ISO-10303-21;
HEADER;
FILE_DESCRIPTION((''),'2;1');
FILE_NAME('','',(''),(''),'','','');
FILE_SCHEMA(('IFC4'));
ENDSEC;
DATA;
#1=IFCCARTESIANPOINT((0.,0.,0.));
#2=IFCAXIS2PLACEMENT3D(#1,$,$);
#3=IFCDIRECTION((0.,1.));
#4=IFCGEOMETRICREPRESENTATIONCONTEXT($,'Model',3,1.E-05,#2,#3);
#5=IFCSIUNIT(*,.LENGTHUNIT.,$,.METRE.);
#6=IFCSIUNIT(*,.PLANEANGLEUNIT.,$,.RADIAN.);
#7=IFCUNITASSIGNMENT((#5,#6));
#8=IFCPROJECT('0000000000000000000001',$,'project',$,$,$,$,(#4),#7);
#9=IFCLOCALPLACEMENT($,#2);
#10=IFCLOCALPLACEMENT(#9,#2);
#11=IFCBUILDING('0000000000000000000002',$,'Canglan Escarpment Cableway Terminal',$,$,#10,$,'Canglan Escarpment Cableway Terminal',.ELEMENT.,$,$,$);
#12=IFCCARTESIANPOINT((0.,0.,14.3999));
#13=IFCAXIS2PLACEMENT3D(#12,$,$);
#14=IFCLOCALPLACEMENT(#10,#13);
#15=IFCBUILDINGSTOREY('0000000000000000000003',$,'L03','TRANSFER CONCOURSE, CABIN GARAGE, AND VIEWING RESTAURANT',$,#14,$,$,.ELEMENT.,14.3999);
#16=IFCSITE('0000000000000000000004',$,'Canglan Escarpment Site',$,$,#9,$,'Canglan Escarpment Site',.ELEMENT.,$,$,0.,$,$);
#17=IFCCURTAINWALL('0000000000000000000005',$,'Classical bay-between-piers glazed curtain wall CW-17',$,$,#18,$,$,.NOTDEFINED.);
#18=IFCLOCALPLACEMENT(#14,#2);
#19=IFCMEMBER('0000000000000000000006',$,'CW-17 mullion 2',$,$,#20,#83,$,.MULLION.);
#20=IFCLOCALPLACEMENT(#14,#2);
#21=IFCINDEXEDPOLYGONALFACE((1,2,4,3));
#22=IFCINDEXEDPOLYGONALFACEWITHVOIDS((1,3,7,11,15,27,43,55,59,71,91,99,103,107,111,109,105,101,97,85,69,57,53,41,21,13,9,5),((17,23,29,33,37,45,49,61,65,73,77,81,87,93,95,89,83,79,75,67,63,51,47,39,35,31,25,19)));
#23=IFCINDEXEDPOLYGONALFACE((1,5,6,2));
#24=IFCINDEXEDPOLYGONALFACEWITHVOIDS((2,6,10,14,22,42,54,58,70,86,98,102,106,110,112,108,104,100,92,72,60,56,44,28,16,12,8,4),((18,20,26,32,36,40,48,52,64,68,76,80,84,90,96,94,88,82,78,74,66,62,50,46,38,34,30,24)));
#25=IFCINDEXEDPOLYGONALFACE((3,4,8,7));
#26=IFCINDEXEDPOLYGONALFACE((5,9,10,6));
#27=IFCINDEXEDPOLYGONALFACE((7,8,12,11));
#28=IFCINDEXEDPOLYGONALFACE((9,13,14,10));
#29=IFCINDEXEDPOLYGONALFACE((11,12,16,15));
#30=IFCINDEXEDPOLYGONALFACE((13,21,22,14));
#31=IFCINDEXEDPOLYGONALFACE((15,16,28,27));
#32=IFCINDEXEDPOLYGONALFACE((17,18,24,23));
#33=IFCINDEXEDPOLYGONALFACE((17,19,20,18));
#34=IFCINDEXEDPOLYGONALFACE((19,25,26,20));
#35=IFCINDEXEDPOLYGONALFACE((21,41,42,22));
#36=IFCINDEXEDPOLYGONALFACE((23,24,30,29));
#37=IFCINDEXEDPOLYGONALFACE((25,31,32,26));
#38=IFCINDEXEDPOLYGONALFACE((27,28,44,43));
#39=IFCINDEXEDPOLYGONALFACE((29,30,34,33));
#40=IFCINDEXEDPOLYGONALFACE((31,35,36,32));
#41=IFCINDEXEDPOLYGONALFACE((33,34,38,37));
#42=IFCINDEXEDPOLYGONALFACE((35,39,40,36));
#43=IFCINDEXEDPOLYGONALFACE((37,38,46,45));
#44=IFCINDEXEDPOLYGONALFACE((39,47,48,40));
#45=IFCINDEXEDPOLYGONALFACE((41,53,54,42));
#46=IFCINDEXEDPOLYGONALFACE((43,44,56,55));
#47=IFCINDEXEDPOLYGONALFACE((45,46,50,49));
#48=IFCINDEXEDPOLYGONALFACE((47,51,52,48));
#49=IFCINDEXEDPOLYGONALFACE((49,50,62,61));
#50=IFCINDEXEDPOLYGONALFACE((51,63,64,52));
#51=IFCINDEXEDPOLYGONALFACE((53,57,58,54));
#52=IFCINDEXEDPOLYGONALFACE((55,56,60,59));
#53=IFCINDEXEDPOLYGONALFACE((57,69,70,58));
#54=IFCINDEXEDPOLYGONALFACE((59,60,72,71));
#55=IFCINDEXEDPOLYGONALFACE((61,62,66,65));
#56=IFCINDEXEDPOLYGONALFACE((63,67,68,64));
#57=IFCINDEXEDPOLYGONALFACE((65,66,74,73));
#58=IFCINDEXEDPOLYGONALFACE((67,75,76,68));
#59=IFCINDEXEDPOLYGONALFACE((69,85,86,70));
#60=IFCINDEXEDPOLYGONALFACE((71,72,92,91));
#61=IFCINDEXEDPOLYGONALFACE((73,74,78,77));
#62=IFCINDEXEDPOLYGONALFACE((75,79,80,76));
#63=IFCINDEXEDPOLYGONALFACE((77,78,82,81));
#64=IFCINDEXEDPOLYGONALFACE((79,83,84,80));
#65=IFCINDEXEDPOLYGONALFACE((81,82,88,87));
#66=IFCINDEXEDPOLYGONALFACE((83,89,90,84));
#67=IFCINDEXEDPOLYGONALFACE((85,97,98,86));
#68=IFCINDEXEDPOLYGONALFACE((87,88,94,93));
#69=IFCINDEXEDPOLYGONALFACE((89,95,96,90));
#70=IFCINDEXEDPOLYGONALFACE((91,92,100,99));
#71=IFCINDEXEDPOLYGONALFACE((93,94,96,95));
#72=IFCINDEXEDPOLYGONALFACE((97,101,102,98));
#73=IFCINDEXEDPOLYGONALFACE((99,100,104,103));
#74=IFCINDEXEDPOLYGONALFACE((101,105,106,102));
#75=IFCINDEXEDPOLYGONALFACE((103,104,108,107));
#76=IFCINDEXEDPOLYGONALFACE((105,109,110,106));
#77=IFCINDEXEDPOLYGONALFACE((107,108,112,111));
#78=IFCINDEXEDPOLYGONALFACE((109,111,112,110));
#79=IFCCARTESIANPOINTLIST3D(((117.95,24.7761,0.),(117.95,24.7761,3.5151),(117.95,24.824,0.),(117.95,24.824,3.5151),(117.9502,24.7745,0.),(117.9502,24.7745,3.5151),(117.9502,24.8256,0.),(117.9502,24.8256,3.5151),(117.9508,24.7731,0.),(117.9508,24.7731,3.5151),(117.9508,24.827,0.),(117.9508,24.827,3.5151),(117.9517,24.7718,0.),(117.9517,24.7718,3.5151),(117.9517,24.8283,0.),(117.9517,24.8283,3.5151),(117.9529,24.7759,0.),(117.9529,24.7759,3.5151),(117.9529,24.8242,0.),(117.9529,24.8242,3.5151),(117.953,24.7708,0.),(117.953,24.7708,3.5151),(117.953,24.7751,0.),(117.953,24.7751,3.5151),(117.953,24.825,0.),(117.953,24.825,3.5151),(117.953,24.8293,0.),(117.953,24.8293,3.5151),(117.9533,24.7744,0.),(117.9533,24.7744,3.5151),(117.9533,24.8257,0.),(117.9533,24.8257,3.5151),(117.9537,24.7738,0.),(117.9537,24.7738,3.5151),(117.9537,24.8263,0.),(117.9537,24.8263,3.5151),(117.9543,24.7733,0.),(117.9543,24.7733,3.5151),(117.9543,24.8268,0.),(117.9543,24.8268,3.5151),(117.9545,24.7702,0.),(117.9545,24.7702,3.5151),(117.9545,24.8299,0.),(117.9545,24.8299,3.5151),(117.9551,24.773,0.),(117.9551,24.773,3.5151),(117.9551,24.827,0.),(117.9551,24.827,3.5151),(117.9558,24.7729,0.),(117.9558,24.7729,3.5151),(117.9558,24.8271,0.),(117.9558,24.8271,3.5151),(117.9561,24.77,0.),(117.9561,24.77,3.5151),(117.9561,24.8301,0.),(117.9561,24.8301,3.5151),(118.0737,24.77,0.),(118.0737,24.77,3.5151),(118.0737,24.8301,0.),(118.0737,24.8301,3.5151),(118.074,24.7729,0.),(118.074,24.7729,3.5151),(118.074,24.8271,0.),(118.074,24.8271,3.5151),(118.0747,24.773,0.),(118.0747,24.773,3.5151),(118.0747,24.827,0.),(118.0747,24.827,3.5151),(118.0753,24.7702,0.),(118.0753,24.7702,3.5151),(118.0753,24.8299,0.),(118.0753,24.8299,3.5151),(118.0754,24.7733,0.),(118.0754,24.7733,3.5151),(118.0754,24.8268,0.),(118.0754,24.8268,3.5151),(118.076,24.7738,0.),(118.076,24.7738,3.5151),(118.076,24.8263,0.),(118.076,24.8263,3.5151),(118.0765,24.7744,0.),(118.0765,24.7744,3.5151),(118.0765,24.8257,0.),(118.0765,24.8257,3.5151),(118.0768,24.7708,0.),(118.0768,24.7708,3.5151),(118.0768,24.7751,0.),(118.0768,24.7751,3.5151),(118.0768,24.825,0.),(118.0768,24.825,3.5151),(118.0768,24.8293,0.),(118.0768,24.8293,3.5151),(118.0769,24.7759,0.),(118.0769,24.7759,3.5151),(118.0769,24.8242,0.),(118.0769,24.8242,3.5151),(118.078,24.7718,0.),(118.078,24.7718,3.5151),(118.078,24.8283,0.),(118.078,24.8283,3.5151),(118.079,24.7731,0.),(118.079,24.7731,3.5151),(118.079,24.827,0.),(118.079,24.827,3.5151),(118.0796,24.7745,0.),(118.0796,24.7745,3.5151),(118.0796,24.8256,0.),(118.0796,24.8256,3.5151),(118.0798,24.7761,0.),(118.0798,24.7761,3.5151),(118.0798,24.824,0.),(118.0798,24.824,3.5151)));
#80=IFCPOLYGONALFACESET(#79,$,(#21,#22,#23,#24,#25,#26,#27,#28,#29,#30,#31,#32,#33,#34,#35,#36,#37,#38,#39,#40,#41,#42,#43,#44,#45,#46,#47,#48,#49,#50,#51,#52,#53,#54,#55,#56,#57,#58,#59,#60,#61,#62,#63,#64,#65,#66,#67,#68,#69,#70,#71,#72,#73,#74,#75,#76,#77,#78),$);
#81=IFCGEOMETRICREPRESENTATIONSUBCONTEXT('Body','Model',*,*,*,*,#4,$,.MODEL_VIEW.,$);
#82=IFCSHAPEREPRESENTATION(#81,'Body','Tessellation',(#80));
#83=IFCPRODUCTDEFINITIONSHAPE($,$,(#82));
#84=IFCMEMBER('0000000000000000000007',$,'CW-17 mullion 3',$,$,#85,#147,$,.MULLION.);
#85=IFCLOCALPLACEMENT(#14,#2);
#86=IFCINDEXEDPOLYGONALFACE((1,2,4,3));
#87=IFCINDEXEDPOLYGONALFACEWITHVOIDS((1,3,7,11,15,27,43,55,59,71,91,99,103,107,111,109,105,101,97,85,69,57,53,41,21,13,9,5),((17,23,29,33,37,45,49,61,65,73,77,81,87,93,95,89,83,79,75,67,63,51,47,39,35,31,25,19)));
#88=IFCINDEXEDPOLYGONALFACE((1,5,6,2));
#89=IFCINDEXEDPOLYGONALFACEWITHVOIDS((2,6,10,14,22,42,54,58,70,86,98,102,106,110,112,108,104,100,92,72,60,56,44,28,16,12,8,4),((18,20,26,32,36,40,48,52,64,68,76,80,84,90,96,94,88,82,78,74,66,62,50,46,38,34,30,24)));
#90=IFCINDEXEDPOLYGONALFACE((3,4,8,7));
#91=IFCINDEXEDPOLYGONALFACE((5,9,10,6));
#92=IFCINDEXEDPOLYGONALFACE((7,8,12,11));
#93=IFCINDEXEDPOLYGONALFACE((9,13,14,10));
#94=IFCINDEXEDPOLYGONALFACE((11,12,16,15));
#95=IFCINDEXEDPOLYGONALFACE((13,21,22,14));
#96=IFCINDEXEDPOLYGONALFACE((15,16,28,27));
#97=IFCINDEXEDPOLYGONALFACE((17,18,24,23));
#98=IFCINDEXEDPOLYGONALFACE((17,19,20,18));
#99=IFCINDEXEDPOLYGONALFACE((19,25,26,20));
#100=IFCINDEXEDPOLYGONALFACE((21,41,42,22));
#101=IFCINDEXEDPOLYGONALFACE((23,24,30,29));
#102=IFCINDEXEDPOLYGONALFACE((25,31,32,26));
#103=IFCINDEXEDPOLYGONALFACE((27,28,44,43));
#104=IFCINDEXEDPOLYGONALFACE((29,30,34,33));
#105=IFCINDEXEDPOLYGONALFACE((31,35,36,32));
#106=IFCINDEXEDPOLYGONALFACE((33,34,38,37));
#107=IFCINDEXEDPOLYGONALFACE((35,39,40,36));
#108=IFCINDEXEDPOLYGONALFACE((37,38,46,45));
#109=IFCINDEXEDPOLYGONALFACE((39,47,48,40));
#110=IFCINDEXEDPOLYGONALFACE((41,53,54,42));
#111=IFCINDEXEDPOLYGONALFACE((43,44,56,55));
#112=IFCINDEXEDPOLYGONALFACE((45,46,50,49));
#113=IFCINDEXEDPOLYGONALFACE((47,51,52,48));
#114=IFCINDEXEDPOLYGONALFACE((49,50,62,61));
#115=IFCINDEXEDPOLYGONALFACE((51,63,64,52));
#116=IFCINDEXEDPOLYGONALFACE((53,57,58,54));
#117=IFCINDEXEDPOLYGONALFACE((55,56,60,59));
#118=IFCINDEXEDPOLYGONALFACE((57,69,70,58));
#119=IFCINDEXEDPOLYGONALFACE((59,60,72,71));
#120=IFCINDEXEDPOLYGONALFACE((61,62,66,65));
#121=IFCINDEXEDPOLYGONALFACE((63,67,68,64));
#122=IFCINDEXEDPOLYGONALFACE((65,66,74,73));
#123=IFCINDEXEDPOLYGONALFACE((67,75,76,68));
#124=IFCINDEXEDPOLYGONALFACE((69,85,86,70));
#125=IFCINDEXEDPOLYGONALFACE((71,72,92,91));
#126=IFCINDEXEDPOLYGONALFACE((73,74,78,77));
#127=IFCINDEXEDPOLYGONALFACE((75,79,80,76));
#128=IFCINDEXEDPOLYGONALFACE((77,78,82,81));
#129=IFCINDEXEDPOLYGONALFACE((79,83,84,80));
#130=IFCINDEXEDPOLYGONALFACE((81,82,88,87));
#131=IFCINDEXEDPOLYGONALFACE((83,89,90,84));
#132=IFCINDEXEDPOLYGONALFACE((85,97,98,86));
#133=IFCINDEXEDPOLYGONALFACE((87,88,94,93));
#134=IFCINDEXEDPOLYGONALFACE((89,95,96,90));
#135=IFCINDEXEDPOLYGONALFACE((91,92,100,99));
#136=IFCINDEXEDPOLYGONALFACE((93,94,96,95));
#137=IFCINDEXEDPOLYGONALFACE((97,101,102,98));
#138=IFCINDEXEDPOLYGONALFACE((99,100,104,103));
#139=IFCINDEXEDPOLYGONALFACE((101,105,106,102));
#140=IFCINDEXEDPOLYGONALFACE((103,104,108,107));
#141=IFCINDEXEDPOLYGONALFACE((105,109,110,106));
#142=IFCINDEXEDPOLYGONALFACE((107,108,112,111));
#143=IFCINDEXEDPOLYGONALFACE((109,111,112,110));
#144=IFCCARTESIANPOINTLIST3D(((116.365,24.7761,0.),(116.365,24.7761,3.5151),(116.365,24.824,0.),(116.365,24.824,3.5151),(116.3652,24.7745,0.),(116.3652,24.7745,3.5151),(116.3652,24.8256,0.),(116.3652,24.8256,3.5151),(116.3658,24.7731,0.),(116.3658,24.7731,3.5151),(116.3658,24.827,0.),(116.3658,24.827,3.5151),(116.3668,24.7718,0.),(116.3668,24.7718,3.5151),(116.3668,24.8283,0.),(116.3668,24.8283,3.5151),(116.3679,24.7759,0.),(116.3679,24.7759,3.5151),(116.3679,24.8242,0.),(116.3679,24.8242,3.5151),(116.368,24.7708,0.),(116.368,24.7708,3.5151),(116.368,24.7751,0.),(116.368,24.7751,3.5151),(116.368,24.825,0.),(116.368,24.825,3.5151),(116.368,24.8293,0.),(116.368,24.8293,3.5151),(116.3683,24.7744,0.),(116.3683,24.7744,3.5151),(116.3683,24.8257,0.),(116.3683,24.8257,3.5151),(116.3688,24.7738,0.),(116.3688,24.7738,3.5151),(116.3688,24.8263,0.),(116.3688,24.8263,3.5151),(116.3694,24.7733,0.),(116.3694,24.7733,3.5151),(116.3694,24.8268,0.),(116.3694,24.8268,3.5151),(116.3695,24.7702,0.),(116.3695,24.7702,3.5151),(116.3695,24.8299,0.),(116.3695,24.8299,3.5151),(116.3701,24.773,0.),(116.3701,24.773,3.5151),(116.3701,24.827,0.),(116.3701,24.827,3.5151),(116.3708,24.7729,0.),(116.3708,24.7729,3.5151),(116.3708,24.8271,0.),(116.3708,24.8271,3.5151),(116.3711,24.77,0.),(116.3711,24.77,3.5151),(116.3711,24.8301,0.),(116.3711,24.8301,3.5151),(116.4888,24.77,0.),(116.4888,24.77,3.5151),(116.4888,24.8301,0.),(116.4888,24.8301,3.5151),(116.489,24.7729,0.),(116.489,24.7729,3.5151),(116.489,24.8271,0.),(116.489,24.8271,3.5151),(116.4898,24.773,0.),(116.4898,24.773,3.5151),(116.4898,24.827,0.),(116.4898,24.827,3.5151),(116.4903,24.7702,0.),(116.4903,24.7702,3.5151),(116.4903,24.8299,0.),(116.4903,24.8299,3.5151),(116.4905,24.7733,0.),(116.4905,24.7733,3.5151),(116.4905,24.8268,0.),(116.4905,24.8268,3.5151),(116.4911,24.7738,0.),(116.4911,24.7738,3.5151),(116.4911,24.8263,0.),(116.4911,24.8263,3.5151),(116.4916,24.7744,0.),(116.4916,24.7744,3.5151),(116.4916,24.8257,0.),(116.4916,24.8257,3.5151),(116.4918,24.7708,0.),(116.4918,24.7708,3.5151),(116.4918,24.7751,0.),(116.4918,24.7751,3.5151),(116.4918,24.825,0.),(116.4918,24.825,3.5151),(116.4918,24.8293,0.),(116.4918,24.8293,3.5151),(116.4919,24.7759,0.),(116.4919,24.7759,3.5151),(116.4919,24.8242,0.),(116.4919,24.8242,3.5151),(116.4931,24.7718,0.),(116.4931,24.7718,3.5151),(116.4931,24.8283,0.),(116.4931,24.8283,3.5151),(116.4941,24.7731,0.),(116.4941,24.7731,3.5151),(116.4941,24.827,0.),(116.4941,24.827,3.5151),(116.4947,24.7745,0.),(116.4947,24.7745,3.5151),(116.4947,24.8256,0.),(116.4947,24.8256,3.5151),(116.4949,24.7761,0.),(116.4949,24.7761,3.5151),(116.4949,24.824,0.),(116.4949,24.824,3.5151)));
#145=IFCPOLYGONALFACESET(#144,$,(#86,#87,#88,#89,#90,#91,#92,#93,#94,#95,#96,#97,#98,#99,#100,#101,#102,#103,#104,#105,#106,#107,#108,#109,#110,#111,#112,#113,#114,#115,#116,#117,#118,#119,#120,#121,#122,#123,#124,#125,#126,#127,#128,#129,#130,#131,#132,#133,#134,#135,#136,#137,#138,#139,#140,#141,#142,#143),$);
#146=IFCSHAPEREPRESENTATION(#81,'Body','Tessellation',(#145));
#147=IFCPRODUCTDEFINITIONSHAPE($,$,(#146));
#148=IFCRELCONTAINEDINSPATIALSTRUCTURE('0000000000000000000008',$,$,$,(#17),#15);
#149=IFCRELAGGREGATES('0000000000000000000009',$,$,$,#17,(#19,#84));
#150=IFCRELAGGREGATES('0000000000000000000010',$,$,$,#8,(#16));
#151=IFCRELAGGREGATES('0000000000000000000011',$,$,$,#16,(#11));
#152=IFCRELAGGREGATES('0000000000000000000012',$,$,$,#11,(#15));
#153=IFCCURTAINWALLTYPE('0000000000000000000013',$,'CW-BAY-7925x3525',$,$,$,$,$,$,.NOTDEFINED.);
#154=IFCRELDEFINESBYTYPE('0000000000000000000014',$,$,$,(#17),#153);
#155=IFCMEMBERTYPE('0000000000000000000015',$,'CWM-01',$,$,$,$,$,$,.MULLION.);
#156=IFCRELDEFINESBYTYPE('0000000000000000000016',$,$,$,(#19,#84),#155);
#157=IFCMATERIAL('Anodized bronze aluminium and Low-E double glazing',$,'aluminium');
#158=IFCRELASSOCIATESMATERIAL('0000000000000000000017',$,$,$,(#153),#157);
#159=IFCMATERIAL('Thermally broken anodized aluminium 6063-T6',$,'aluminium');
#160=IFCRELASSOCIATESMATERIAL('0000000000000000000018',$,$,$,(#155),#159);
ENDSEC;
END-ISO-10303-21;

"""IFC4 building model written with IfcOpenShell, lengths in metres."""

from ifc_helpers import new_model, si_unit, direction, frame, origin, origin_2d, place, context, subcontext, project, spatial, hollow_rectangle, extrude, material, material_profile, profile_set, type_object, element, aggregate, save


model = new_model("IFC4")

# Units and contexts
model_context = context("Model", 3, precision=1e-05, world=origin(), true_north=direction((0.0, 1.0)))
body_context = subcontext(model_context, "Body", "Model", "MODEL_VIEW")
ifc_project = project(units=[si_unit("LENGTHUNIT", "METRE"), si_unit("PLANEANGLEUNIT", "RADIAN")], contexts=[model_context])

# Site, building, storey
site_placement = place(None, origin())
site = spatial("IfcSite", under=ifc_project, at=site_placement, Name="Canglan Escarpment Site", LongName="Canglan Escarpment Site", CompositionType="ELEMENT", RefElevation=0.0)
building_placement = place(site_placement, origin())
building = spatial("IfcBuilding", under=site, at=building_placement, Name="Canglan Escarpment Cableway Terminal", LongName="Canglan Escarpment Cableway Terminal", CompositionType="ELEMENT")
storey_placement = place(building_placement, frame((0.0, 0.0, 14.3999)))
storey = spatial("IfcBuildingStorey", under=building, at=storey_placement, Name="L03", Description="TRANSFER CONCOURSE, CABIN GARAGE, AND VIEWING RESTAURANT", CompositionType="ELEMENT", Elevation=14.3999)

# Curtain wall, members
ifc_material_1 = material(Name="Anodized bronze aluminium and Low-E double glazing", Category="aluminium")
curtain_wall_type = type_object("IfcCurtainWallType", Name="CW-BAY-7925x3525", PredefinedType="NOTDEFINED", material=ifc_material_1)
curtain_wall_placement = place(storey_placement, origin())
curtain_wall = element("IfcCurtainWall", 1, at=curtain_wall_placement, inside=storey, type_object=curtain_wall_type, Name="Classical bay-between-piers glazed curtain wall CW-17", PredefinedType="NOTDEFINED")
ifc_material_2 = material(Name="Thermally broken anodized aluminium 6063-T6", Category="aluminium")
ifc_material_profile_1 = material_profile(ifc_material_2, hollow_rectangle(XDim=0.0601, YDim=0.1299, WallThickness=0.0029, InnerFilletRadius=0.0029, OuterFilletRadius=0.0061, at=origin_2d()), Name="ALU-MULL 60x130x3")
ifc_profile_set_1 = profile_set([ifc_material_profile_1], Name="Thermally broken anodized aluminium 6063-T6")
member_type_1 = type_object("IfcMemberType", Name="CWM-01", PredefinedType="MULLION", material=ifc_profile_set_1)
member_1_placement = place(storey_placement, frame((118.0149, 24.8, 0.0), z_axis=(0.0, 0.0, 1.0), x_axis=(0.0, -1.0, 0.0)))
member_1 = element("IfcMember", 2, at=member_1_placement, type_object=member_type_1, Name="CW-17 mullion 2", PredefinedType="MULLION", context=body_context, shape_type="SweptSolid", body=[
    extrude(hollow_rectangle(XDim=0.0601, YDim=0.1299, WallThickness=0.0029, InnerFilletRadius=0.0029, OuterFilletRadius=0.0061, at=origin_2d()), origin(), (0.0, 0.0, 1.0), 3.5151),
])
member_2_placement = place(storey_placement, frame((116.4299, 24.8, 0.0), z_axis=(0.0, 0.0, 1.0), x_axis=(0.0, -1.0, 0.0)))
member_2 = element("IfcMember", 3, at=member_2_placement, type_object=member_type_1, Name="CW-17 mullion 3", PredefinedType="MULLION", context=body_context, shape_type="SweptSolid", body=[
    extrude(hollow_rectangle(XDim=0.0601, YDim=0.1299, WallThickness=0.0029, InnerFilletRadius=0.0029, OuterFilletRadius=0.0061, at=origin_2d()), origin(), (0.0, 0.0, 1.0), 3.5151),
])
aggregate(curtain_wall, [member_1, member_2])

save(model, "model.ifc")
